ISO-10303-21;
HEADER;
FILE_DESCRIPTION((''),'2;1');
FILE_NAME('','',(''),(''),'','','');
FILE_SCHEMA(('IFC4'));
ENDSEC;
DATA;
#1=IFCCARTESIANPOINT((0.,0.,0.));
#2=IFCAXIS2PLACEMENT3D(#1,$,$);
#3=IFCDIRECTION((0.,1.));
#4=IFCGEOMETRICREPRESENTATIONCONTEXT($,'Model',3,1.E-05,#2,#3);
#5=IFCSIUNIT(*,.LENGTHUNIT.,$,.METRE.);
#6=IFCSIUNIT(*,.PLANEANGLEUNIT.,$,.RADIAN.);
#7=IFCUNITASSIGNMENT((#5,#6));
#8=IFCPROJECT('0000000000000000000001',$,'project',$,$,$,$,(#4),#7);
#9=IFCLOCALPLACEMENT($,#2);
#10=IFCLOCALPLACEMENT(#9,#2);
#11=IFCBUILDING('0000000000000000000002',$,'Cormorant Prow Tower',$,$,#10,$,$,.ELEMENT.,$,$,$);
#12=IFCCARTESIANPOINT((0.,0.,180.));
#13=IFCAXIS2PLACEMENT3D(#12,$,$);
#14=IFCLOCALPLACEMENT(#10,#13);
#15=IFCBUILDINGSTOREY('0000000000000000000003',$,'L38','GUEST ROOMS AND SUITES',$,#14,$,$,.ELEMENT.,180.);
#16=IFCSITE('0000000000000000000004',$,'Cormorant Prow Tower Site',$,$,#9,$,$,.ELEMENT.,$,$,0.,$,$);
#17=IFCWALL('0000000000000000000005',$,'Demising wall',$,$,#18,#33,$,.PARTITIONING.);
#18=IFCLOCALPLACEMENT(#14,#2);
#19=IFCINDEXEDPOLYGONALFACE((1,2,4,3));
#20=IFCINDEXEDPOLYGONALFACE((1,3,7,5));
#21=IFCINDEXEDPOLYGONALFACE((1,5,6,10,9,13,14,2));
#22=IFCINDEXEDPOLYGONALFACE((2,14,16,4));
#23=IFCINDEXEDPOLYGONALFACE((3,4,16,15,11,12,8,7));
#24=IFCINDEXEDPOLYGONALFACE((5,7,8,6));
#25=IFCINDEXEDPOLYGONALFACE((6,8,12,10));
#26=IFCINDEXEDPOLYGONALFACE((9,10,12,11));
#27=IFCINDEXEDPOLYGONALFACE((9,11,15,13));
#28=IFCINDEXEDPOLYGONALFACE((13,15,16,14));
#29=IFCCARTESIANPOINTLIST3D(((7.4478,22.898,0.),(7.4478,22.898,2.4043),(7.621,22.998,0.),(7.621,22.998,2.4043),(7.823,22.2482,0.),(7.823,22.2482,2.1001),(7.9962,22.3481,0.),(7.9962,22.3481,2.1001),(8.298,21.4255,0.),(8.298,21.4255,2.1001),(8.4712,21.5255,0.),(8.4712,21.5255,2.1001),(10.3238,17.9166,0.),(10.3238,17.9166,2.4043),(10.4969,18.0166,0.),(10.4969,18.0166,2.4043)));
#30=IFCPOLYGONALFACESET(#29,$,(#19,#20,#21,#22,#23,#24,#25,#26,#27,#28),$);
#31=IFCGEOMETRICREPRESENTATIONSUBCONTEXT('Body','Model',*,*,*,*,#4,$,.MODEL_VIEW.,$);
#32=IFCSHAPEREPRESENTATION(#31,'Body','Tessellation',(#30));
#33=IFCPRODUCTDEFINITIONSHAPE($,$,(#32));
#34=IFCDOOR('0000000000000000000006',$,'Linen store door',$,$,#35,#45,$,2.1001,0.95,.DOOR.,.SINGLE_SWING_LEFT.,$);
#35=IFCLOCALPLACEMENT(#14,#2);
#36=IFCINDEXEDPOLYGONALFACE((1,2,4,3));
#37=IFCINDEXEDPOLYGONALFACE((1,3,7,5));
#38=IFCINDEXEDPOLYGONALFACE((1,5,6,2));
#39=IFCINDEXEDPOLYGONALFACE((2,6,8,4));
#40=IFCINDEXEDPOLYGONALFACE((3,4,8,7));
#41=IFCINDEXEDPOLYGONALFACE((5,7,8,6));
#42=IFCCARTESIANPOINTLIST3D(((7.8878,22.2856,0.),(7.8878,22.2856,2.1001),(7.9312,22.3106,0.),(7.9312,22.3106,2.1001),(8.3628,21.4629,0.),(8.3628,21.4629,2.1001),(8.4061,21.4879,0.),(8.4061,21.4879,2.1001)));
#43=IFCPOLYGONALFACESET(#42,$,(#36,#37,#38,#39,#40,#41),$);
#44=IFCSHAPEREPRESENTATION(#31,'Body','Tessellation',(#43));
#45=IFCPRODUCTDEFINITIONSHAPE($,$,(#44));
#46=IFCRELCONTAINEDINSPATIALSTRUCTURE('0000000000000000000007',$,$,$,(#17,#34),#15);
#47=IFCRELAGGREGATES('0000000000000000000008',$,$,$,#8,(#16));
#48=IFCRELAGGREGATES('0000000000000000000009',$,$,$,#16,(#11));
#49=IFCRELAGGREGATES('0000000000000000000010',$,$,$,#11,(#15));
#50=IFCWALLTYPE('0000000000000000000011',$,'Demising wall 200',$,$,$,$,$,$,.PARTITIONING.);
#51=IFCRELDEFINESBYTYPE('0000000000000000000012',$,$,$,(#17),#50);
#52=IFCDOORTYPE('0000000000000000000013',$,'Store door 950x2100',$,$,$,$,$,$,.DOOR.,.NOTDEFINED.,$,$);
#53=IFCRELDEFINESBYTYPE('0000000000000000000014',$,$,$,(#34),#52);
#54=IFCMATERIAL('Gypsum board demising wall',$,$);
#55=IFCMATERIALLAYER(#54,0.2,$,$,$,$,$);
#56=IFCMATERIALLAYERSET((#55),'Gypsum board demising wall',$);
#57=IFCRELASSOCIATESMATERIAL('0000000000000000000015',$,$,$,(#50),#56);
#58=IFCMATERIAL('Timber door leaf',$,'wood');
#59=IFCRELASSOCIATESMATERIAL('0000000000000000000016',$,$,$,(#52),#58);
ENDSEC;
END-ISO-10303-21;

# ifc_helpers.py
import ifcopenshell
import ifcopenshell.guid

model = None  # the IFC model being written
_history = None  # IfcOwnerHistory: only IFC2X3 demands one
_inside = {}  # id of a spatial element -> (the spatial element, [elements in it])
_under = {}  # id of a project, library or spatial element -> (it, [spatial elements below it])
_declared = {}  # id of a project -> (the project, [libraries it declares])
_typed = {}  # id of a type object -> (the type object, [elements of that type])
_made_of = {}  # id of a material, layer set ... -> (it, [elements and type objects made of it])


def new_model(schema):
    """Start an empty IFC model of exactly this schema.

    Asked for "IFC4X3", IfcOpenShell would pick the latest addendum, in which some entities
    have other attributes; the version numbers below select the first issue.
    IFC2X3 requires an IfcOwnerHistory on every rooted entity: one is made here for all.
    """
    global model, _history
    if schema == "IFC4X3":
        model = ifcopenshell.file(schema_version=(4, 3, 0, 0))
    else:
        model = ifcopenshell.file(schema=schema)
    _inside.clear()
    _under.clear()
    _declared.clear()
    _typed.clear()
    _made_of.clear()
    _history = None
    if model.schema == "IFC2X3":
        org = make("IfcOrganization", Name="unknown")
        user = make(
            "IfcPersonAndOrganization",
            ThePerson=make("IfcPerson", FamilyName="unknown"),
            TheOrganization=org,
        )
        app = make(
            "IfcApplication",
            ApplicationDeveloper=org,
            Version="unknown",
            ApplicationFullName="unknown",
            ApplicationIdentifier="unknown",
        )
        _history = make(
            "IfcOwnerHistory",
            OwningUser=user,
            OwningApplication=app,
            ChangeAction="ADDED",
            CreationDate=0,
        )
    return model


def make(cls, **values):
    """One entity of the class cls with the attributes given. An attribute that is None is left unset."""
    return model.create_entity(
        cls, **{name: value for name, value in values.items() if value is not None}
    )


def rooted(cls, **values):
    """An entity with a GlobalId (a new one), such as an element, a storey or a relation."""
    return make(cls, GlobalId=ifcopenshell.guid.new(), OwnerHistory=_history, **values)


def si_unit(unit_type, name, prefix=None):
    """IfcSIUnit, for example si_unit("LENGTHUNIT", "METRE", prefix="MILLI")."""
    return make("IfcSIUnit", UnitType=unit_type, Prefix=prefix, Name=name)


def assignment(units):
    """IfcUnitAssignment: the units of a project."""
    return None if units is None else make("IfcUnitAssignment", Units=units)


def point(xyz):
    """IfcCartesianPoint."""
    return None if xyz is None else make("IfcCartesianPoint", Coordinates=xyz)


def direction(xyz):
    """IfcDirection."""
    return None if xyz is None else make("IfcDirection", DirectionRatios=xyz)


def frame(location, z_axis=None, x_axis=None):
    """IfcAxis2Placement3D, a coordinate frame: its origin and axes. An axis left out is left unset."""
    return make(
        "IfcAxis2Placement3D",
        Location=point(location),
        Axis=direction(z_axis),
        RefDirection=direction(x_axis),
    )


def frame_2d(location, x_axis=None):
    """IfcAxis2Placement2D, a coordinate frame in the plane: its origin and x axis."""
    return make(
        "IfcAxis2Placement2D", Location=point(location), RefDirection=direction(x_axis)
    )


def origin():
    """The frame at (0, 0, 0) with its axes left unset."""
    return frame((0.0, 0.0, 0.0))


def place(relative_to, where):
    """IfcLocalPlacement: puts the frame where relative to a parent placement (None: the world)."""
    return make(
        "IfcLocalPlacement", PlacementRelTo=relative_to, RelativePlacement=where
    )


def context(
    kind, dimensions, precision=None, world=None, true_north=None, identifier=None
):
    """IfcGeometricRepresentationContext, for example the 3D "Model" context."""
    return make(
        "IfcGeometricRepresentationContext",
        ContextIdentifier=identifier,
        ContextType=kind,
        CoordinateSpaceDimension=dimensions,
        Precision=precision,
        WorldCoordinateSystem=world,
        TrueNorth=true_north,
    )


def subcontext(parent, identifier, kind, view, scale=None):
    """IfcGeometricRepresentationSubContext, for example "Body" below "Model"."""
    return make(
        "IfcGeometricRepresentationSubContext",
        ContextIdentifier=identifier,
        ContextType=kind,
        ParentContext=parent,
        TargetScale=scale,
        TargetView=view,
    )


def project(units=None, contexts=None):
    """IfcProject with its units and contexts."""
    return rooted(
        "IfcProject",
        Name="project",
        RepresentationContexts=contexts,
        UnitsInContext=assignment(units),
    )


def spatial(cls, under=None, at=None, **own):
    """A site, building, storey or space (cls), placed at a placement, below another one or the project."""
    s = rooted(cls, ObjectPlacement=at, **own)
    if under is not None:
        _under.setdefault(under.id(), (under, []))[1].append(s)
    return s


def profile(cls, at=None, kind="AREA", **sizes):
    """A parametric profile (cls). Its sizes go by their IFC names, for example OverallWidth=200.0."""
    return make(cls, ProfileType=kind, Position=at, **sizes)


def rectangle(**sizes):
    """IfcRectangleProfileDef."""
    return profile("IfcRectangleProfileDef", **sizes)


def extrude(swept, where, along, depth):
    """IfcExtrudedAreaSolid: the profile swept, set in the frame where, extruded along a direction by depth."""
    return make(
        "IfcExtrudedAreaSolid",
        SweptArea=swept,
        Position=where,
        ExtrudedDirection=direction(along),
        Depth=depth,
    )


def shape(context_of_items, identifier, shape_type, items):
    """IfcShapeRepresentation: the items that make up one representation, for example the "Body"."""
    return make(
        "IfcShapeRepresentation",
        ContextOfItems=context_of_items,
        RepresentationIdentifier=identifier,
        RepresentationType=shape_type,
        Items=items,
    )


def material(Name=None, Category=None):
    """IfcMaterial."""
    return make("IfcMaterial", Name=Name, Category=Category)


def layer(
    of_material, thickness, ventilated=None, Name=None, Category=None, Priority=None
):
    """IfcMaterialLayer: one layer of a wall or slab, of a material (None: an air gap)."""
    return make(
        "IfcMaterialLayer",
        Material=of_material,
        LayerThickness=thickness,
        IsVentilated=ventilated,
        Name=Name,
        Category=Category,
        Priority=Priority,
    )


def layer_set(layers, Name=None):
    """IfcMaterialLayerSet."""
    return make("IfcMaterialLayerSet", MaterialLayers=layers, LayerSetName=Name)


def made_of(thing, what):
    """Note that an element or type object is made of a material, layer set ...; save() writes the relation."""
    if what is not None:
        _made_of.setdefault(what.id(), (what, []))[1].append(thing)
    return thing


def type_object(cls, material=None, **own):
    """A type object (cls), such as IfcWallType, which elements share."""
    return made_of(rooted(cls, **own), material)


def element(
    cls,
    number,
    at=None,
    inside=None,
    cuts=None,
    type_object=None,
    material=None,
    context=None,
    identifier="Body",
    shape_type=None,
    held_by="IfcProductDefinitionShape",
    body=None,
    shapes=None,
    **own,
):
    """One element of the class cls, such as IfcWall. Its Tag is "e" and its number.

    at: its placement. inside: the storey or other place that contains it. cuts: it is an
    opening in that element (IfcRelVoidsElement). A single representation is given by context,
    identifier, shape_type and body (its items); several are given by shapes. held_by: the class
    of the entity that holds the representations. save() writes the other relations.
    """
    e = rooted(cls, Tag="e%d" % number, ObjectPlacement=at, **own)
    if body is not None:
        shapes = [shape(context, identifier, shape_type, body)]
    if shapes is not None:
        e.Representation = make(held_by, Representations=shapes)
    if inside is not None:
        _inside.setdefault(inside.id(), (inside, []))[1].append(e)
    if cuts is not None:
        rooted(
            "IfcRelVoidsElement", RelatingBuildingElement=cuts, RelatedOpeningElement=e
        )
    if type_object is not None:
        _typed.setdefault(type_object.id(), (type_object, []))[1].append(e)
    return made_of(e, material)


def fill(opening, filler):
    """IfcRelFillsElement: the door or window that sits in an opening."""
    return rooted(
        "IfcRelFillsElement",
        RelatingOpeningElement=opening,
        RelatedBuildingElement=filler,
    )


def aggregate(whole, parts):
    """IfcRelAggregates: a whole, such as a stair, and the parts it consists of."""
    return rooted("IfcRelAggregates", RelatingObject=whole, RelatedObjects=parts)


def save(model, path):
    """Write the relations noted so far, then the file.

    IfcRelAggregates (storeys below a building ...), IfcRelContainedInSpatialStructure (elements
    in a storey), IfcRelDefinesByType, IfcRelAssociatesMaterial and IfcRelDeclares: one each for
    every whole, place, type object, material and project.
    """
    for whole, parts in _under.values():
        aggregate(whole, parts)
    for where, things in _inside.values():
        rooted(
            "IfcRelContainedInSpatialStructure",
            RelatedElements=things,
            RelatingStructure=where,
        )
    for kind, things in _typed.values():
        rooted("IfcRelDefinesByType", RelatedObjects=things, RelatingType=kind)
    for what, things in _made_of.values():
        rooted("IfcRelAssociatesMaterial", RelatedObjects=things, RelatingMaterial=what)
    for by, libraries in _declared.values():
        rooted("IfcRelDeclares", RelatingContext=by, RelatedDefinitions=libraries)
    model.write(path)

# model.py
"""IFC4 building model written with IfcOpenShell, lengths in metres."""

from ifc_helpers import new_model, si_unit, direction, frame, frame_2d, origin, place, context, subcontext, project, spatial, rectangle, extrude, material, layer, layer_set, type_object, element, fill, save


model = new_model("IFC4")

# Units and contexts
model_context = context("Model", 3, precision=1e-05, world=origin(), true_north=direction((0.0, 1.0)))
body_context = subcontext(model_context, "Body", "Model", "MODEL_VIEW")
ifc_project = project(units=[si_unit("LENGTHUNIT", "METRE"), si_unit("PLANEANGLEUNIT", "RADIAN")], contexts=[model_context])

# Site, building, storey
site_placement = place(None, origin())
site = spatial("IfcSite", under=ifc_project, at=site_placement, Name="Cormorant Prow Tower Site", CompositionType="ELEMENT", RefElevation=0.0)
building_placement = place(site_placement, origin())
building = spatial("IfcBuilding", under=site, at=building_placement, Name="Cormorant Prow Tower", CompositionType="ELEMENT")
storey_placement = place(building_placement, frame((0.0, 0.0, 180.0)))
storey = spatial("IfcBuildingStorey", under=building, at=storey_placement, Name="L38", Description="GUEST ROOMS AND SUITES", CompositionType="ELEMENT", Elevation=180.0)

# Wall, opening, door
ifc_material_1 = material(Name="Gypsum board demising wall")
ifc_layer_1 = layer(ifc_material_1, 0.2)
ifc_layer_set_1 = layer_set([ifc_layer_1], Name="Gypsum board demising wall")
wall_type_1 = type_object("IfcWallType", Name="Demising wall 200", PredefinedType="PARTITIONING", material=ifc_layer_set_1)
wall_1_placement = place(storey_placement, frame((7.5344, 22.948, 0.0), z_axis=(0.0, 0.0, 1.0), x_axis=(0.499992, -0.86603, 0.0)))
wall_1 = element("IfcWall", 1, at=wall_1_placement, inside=storey, type_object=wall_type_1, Name="Demising wall", PredefinedType="PARTITIONING", context=body_context, shape_type="SweptSolid", body=[
    extrude(rectangle(XDim=5.752, YDim=0.2, at=frame_2d((2.876, 0.0))), origin(), (0.0, 0.0, 1.0), 2.4043),
])
opening_1_placement = place(wall_1_placement, frame((0.7502, 0.0, 0.0)))
opening_1 = element("IfcOpeningElement", 2, at=opening_1_placement, cuts=wall_1, PredefinedType="OPENING", context=body_context, shape_type="SweptSolid", body=[
    extrude(rectangle(XDim=0.95, YDim=2.1001, at=frame_2d((0.4751, 1.05))), frame((0.0, 0.1099, 0.0), z_axis=(0.0, -1.0, 0.0), x_axis=(1.0, 0.0, 0.0)), (0.0, 0.0, 1.0), 0.22),
])
ifc_material_2 = material(Name="Timber door leaf", Category="wood")
door_type_1 = type_object("IfcDoorType", Name="Store door 950x2100", OperationType="NOTDEFINED", PredefinedType="DOOR", material=ifc_material_2)
door_1_placement = place(opening_1_placement, origin())
door_1 = element("IfcDoor", 3, at=door_1_placement, inside=storey, type_object=door_type_1, Name="Linen store door", OperationType="SINGLE_SWING_LEFT", OverallHeight=2.1001, OverallWidth=0.95, PredefinedType="DOOR", context=body_context, shape_type="SweptSolid", body=[
    extrude(rectangle(XDim=0.95, YDim=2.1001, at=frame_2d((0.4751, 1.05))), frame((0.0, 0.0249, 0.0), z_axis=(0.0, -1.0, 0.0), x_axis=(1.0, 0.0, 0.0)), (0.0, 0.0, 1.0), 0.05),
])
fill(opening_1, door_1)

save(model, "model.ifc")
